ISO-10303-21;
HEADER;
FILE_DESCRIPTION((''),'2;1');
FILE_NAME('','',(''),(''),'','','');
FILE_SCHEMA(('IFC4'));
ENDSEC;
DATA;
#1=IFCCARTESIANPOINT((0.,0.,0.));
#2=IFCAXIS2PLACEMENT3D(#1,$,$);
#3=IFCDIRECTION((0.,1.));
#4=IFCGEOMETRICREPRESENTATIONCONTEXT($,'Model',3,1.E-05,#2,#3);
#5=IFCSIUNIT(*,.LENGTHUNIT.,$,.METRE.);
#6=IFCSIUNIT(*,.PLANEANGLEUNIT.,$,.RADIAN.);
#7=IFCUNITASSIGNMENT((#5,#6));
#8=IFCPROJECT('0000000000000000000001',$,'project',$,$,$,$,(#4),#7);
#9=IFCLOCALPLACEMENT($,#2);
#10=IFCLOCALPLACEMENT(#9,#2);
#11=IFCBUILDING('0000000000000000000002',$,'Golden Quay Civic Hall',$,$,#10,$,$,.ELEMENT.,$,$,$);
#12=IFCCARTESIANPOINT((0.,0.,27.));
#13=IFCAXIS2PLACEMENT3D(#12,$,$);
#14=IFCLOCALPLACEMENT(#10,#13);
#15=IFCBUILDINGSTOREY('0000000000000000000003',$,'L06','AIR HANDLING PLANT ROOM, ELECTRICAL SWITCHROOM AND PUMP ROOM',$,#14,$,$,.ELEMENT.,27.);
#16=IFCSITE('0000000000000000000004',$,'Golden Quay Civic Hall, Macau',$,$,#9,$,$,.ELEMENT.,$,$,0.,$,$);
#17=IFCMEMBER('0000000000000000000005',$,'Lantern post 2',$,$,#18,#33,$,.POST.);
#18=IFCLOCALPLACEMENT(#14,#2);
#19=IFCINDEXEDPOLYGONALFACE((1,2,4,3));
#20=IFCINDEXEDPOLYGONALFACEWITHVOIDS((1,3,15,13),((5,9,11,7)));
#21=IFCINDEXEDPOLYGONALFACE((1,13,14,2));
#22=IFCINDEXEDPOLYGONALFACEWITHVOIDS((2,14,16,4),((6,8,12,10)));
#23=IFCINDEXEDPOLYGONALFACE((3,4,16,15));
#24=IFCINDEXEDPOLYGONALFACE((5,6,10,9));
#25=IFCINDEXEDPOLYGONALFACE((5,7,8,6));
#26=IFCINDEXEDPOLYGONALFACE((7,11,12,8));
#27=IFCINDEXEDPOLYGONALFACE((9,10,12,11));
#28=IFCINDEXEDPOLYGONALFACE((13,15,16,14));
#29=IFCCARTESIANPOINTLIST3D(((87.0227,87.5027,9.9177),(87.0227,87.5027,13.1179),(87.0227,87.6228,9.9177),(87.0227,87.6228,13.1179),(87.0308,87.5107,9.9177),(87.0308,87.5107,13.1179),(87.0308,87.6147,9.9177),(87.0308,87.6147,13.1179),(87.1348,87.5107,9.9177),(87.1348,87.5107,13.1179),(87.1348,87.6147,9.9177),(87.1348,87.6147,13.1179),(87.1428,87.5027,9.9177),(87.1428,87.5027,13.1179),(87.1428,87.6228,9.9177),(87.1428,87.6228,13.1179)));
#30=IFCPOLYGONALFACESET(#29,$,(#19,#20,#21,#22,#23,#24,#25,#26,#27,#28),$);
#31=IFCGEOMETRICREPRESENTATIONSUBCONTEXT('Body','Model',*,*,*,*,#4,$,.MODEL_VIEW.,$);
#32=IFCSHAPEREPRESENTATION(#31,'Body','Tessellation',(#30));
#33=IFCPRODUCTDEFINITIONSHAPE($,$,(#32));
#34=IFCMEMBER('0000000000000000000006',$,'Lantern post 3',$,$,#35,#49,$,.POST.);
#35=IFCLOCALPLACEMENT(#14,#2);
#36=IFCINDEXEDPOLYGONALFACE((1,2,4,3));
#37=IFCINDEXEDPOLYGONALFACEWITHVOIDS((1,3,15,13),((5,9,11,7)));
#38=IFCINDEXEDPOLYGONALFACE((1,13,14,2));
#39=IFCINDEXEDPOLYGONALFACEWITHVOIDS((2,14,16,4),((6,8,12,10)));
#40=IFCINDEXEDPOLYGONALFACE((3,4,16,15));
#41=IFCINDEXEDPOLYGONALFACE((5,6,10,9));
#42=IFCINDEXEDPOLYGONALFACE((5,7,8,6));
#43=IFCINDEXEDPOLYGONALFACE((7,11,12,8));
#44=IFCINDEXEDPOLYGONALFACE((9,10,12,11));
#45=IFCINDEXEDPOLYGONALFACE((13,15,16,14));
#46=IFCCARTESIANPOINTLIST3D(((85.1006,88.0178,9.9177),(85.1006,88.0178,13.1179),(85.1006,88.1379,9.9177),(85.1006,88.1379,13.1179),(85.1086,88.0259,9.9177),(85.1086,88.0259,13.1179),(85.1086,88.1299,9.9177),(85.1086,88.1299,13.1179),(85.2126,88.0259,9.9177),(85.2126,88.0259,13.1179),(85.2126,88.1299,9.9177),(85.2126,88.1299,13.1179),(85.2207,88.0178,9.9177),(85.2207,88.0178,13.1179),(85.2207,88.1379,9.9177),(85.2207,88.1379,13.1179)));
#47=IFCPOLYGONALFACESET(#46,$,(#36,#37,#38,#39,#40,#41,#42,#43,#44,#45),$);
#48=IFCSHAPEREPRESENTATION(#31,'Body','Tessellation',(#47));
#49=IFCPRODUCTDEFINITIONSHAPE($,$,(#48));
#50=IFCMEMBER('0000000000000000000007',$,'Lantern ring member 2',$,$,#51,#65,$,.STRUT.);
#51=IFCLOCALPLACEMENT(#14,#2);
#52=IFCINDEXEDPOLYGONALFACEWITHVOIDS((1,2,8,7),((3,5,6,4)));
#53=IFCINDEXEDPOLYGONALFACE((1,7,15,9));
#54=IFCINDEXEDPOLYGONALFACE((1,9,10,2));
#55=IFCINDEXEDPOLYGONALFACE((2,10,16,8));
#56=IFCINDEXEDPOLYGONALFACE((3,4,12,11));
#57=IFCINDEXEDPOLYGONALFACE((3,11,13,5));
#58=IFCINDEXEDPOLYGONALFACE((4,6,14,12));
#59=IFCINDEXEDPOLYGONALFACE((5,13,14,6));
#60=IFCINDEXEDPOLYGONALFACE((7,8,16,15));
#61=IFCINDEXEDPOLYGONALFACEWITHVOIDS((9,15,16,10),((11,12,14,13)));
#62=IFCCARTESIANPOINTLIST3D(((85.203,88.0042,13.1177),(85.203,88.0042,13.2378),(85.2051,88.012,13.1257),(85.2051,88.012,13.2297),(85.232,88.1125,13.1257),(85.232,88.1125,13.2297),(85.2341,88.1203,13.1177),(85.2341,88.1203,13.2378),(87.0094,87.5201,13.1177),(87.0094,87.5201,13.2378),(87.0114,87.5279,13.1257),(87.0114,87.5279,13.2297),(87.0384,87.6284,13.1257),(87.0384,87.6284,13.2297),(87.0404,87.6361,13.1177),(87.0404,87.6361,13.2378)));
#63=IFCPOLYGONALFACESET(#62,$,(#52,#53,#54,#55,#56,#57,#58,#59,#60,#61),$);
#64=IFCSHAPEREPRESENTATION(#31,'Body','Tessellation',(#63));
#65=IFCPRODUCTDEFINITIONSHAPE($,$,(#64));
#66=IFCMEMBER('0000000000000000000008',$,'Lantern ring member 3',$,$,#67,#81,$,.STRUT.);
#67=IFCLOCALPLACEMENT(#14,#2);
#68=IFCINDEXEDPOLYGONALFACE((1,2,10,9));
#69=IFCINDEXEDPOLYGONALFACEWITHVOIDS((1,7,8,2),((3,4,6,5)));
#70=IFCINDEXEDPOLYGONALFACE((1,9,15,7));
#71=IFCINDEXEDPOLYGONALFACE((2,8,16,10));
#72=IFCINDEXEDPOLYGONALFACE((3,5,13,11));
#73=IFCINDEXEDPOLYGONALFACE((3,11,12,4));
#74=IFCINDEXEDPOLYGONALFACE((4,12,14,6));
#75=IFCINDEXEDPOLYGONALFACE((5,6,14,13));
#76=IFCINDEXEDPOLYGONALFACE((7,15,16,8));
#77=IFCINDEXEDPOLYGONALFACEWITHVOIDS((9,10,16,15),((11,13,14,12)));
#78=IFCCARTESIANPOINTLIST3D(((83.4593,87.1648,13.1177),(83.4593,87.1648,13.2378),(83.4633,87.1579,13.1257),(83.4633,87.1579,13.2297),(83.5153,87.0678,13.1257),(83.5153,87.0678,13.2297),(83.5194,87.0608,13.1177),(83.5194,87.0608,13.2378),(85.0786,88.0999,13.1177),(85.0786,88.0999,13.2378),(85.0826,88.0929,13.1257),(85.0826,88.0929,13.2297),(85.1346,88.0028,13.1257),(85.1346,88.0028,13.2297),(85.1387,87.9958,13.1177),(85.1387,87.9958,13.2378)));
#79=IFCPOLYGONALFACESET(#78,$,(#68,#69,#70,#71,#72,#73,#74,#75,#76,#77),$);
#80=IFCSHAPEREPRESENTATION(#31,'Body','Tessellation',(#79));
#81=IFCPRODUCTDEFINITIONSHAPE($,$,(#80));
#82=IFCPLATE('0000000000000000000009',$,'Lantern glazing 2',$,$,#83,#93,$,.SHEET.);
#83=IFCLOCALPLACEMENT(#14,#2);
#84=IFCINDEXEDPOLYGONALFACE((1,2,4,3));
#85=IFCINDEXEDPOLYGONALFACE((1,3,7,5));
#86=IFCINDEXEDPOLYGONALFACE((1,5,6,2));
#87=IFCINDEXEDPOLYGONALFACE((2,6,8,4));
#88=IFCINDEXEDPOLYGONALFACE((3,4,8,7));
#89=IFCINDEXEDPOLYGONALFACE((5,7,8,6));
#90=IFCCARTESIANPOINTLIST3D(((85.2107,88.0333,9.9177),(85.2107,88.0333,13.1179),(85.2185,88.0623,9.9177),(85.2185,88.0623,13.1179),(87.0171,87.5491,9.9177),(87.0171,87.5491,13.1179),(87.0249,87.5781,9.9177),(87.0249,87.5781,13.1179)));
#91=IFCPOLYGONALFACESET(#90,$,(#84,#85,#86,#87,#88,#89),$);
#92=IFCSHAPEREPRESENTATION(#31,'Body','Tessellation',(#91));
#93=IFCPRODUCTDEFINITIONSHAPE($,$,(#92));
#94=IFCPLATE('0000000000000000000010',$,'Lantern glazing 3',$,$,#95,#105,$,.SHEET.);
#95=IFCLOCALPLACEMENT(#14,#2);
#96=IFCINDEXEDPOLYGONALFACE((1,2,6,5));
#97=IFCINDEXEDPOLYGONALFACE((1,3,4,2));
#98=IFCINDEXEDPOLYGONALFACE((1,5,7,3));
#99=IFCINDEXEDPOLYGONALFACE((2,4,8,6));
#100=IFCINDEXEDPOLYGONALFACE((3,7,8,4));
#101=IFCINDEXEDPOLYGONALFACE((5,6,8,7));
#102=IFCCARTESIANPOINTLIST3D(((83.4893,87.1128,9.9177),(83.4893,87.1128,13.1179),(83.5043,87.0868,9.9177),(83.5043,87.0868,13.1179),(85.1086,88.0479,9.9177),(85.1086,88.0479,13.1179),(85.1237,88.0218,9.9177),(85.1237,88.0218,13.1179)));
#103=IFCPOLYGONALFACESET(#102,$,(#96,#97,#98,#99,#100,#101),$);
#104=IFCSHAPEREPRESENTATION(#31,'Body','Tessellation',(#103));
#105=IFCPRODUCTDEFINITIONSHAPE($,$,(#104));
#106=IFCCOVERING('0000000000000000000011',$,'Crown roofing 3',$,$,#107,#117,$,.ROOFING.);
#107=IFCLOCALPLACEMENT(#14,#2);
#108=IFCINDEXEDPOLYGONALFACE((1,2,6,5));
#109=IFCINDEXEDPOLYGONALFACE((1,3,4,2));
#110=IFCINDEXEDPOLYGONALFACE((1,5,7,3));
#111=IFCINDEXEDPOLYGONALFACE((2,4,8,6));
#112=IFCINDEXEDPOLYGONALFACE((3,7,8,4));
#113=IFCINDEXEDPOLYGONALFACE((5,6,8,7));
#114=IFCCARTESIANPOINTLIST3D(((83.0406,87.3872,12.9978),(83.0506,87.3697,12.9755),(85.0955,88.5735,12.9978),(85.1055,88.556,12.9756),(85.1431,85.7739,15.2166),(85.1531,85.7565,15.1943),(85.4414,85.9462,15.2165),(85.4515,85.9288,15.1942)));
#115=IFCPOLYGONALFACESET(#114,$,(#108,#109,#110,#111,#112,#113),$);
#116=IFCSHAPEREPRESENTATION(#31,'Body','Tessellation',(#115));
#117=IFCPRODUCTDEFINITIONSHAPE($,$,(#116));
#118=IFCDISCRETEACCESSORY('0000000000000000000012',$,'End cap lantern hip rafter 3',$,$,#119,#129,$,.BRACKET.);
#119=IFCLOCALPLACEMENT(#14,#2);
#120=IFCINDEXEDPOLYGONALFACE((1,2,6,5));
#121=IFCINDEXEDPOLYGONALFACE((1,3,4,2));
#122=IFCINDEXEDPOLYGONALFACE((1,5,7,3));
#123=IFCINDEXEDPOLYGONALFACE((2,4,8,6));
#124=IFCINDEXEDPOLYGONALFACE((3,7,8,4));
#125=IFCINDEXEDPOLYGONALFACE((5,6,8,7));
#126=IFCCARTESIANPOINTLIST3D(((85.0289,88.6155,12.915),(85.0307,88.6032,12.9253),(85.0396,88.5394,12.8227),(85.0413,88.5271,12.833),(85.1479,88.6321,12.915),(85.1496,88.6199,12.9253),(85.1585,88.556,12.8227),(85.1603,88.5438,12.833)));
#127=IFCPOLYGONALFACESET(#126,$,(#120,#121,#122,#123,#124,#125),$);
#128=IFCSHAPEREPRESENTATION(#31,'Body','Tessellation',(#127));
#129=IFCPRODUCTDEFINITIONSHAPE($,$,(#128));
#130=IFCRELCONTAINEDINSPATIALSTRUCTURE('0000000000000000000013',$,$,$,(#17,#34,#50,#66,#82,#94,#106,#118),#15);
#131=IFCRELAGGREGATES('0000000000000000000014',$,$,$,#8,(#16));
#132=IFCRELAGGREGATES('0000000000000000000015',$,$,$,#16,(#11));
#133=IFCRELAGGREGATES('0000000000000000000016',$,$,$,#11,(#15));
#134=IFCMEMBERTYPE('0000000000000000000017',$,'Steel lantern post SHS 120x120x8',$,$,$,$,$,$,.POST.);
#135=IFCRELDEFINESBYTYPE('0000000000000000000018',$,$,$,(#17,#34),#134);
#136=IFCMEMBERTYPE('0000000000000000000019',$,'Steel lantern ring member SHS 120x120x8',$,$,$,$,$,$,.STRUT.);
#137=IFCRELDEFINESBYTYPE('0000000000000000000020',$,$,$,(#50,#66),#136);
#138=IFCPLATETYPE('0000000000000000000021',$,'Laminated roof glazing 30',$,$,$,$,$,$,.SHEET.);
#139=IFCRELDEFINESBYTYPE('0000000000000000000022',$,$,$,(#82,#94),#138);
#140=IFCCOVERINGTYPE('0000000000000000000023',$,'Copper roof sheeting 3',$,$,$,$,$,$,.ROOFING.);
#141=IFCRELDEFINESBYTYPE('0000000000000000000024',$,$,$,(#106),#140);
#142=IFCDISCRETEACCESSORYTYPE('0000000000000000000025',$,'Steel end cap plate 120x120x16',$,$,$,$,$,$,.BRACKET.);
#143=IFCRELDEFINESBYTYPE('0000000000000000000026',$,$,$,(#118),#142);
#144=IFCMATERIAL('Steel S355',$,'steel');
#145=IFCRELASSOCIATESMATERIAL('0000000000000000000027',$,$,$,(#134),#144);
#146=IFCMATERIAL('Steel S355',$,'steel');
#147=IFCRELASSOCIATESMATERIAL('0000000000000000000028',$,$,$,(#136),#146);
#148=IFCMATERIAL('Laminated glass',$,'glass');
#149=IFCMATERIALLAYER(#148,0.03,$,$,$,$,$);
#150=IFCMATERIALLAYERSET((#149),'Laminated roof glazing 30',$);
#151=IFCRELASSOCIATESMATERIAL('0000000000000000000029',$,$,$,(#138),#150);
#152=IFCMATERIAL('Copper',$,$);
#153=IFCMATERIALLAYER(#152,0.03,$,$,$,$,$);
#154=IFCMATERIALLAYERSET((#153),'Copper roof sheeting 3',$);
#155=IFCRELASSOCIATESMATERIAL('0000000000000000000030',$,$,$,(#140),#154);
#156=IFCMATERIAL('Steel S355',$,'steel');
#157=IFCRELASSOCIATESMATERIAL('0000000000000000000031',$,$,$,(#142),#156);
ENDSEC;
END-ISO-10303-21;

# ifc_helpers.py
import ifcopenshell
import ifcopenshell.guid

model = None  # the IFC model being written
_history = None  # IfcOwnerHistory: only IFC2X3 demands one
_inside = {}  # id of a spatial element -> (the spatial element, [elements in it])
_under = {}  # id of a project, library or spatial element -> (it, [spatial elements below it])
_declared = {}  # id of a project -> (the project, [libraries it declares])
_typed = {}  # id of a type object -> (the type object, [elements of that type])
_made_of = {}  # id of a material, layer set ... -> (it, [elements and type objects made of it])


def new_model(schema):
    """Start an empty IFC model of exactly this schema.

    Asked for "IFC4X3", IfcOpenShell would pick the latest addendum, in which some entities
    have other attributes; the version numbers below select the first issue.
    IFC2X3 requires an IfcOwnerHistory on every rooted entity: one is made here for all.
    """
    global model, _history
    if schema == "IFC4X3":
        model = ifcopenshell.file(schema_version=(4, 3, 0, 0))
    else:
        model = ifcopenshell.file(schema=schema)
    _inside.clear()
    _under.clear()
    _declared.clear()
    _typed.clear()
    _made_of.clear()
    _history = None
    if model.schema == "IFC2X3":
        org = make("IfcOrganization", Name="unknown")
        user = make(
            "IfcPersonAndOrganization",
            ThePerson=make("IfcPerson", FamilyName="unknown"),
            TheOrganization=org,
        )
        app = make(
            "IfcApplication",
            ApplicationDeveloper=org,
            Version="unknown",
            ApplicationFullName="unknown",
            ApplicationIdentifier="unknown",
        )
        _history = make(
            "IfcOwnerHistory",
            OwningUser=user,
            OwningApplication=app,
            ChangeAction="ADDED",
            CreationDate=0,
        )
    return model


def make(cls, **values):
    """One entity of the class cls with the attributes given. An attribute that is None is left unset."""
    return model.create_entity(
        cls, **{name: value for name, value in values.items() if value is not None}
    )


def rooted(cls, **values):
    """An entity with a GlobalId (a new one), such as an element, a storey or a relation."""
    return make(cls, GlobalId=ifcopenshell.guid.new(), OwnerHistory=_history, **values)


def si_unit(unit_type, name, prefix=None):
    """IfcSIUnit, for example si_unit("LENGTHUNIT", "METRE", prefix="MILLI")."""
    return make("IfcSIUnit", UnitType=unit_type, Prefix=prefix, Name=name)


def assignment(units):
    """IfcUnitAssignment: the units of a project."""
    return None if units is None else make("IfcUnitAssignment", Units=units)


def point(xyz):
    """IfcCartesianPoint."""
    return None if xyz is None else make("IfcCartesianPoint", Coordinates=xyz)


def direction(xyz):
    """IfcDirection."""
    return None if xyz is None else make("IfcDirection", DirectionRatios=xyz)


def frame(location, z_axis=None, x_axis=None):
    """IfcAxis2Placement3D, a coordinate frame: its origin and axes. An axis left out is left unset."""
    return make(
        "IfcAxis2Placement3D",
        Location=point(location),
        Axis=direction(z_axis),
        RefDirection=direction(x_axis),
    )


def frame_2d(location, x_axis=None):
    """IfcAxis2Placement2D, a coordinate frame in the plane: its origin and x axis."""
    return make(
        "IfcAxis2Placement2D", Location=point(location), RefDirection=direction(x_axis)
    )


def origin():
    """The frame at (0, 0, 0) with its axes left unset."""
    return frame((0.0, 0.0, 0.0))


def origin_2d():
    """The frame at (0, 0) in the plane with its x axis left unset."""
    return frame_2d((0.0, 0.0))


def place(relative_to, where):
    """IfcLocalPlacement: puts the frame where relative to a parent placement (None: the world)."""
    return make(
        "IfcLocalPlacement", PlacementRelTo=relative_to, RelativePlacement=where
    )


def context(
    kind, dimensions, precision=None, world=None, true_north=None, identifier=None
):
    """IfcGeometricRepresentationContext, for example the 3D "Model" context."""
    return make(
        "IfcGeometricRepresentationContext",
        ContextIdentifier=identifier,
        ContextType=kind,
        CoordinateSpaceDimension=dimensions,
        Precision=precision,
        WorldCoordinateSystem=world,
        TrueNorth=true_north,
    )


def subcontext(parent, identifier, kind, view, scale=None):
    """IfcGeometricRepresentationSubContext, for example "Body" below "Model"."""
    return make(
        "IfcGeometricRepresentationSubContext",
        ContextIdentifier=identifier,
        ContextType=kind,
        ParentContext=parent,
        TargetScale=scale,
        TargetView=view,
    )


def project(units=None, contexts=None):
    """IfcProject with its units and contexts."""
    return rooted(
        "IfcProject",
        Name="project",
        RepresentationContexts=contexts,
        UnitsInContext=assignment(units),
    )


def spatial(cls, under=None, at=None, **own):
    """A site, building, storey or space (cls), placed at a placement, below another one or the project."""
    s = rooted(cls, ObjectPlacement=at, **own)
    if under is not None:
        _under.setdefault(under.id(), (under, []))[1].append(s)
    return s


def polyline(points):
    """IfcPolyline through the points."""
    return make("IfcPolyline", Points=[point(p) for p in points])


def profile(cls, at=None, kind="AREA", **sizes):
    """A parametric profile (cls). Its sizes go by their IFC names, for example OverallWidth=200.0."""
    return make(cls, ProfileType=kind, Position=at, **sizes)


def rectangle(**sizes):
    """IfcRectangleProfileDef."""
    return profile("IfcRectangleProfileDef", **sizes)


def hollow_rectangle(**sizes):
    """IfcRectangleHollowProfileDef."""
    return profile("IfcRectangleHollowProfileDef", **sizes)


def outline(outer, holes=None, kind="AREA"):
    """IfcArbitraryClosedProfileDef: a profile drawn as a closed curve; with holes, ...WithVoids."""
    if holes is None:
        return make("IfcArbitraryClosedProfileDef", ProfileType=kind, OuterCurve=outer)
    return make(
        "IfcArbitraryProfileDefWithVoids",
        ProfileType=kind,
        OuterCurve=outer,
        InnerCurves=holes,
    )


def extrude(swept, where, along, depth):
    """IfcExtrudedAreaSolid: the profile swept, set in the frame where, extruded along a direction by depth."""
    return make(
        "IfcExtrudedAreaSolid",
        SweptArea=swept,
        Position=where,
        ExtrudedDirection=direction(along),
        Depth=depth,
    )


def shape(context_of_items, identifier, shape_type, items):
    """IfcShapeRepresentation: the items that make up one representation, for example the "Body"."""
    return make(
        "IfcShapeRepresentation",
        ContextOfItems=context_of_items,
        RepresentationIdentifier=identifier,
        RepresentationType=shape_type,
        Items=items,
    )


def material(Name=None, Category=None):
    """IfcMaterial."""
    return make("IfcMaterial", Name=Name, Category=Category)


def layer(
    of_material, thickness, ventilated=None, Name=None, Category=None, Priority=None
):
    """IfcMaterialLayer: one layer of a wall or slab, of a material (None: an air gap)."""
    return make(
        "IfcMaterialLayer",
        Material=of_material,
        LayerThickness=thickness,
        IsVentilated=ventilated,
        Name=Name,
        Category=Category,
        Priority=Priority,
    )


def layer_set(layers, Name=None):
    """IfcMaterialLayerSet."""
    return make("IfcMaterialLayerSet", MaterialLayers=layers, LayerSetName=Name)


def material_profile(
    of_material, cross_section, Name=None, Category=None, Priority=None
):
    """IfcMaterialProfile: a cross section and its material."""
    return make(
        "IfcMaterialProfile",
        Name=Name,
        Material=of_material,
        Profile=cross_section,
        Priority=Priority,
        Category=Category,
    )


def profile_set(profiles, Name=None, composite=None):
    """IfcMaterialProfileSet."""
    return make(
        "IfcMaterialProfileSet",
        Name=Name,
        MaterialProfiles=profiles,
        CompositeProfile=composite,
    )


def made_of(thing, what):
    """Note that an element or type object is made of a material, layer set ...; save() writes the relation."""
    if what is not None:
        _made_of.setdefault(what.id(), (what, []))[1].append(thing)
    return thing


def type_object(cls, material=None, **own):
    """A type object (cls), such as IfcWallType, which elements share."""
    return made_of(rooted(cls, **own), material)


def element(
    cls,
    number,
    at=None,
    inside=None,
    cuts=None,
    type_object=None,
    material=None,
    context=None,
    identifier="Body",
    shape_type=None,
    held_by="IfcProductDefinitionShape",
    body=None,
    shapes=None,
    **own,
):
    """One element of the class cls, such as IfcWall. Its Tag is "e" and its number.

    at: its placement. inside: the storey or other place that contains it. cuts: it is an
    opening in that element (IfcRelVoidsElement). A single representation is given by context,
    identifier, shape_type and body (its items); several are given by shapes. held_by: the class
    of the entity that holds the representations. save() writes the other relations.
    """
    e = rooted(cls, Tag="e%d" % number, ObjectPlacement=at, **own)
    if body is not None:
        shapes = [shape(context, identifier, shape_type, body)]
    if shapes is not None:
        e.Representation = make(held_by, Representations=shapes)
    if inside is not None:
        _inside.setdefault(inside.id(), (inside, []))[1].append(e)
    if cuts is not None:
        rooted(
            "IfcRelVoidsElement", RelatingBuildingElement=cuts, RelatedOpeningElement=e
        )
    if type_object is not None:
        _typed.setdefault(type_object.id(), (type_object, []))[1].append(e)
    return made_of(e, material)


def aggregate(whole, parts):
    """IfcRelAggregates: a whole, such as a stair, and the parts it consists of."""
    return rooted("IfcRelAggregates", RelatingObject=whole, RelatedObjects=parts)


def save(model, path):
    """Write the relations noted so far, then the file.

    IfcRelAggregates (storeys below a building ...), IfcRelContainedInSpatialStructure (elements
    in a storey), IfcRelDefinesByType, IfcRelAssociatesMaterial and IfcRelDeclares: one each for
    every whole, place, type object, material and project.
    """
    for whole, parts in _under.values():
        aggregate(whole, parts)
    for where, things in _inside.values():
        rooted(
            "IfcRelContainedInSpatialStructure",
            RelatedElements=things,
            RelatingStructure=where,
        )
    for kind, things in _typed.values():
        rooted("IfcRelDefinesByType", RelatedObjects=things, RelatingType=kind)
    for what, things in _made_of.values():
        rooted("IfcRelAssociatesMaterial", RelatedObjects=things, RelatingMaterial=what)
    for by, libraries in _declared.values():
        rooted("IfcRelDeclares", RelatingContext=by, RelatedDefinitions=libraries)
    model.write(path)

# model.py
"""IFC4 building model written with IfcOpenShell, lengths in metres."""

from ifc_helpers import new_model, si_unit, direction, frame, origin, origin_2d, place, context, subcontext, project, spatial, polyline, rectangle, hollow_rectangle, outline, extrude, material, layer, layer_set, material_profile, profile_set, type_object, element, save


model = new_model("IFC4")

# Units and contexts
model_context = context("Model", 3, precision=1e-05, world=origin(), true_north=direction((0.0, 1.0)))
body_context = subcontext(model_context, "Body", "Model", "MODEL_VIEW")
ifc_project = project(units=[si_unit("LENGTHUNIT", "METRE"), si_unit("PLANEANGLEUNIT", "RADIAN")], contexts=[model_context])

# Site, building, storey
site_placement = place(None, origin())
site = spatial("IfcSite", under=ifc_project, at=site_placement, Name="Golden Quay Civic Hall, Macau", CompositionType="ELEMENT", RefElevation=0.0)
building_placement = place(site_placement, origin())
building = spatial("IfcBuilding", under=site, at=building_placement, Name="Golden Quay Civic Hall", CompositionType="ELEMENT")
storey_placement = place(building_placement, frame((0.0, 0.0, 27.0)))
storey = spatial("IfcBuildingStorey", under=building, at=storey_placement, Name="L06", Description="AIR HANDLING PLANT ROOM, ELECTRICAL SWITCHROOM AND PUMP ROOM", CompositionType="ELEMENT", Elevation=27.0)

# Members
ifc_material_1 = material(Name="Steel S355", Category="steel")
ifc_material_profile_1 = material_profile(ifc_material_1, hollow_rectangle(XDim=0.1201, YDim=0.1201, WallThickness=0.0081, at=origin_2d()), Name="SHS 120x120x8")
ifc_profile_set_1 = profile_set([ifc_material_profile_1], Name="Steel S355")
member_type_1 = type_object("IfcMemberType", Name="Steel lantern post SHS 120x120x8", PredefinedType="POST", material=ifc_profile_set_1)
for number, where, z_axis, x_axis, name in (
    (1, (87.0828, 87.5627, 9.9177), (0.0, 0.0, 1.0), (1.0, 0.0, 0.0), "Lantern post 2"),
    (2, (85.1606, 88.0779, 9.9177), (0.0, 0.0, 1.0), (1.0, 0.0, 0.0), "Lantern post 3"),
):
    element("IfcMember", number, at=place(storey_placement, frame(where, z_axis=z_axis, x_axis=x_axis)), inside=storey, type_object=member_type_1, Name=name, PredefinedType="POST", context=body_context, shape_type="SweptSolid", body=[
        extrude(hollow_rectangle(XDim=0.1201, YDim=0.1201, WallThickness=0.0081, at=origin_2d()), origin(), (0.0, 0.0, 1.0), 3.2002),
    ])
ifc_material_2 = material(Name="Steel S355", Category="steel")
ifc_material_profile_2 = material_profile(ifc_material_2, hollow_rectangle(XDim=0.1201, YDim=0.1201, WallThickness=0.0081, at=origin_2d()), Name="SHS 120x120x8")
ifc_profile_set_2 = profile_set([ifc_material_profile_2], Name="Steel S355")
member_type_2 = type_object("IfcMemberType", Name="Steel lantern ring member SHS 120x120x8", PredefinedType="STRUT", material=ifc_profile_set_2)
member_1_placement = place(storey_placement, frame((87.0249, 87.5781, 13.1777), z_axis=(-0.965911, 0.258873, 0.0), x_axis=(-0.258873, -0.965911, 0.0)))
element("IfcMember", 3, at=member_1_placement, inside=storey, type_object=member_type_2, Name="Lantern ring member 2", PredefinedType="STRUT", context=body_context, shape_type="SweptSolid", body=[
    extrude(hollow_rectangle(XDim=0.1201, YDim=0.1201, WallThickness=0.0081, at=origin_2d()), origin(), (0.0, 0.0, 1.0), 1.8701),
])
member_2_placement = place(storey_placement, frame((85.1086, 88.0479, 13.1777), z_axis=(-0.866001, -0.500043, 0.0), x_axis=(0.500043, -0.866001, 0.0)))
element("IfcMember", 4, at=member_2_placement, inside=storey, type_object=member_type_2, Name="Lantern ring member 3", PredefinedType="STRUT", context=body_context, shape_type="SweptSolid", body=[
    extrude(hollow_rectangle(XDim=0.1201, YDim=0.1201, WallThickness=0.0081, at=origin_2d()), origin(), (0.0, 0.0, 1.0), 1.8699),
])

# Plates
ifc_material_3 = material(Name="Laminated glass", Category="glass")
ifc_layer_1 = layer(ifc_material_3, 0.03)
ifc_layer_set_1 = layer_set([ifc_layer_1], Name="Laminated roof glazing 30")
plate_type = type_object("IfcPlateType", Name="Laminated roof glazing 30", PredefinedType="SHEET", material=ifc_layer_set_1)
plate_1_placement = place(storey_placement, frame((87.0249, 87.5781, 9.9177), z_axis=(0.258873, 0.965911, 0.0), x_axis=(-0.965911, 0.258873, 0.0)))
element("IfcPlate", 5, at=plate_1_placement, inside=storey, type_object=plate_type, Name="Lantern glazing 2", PredefinedType="SHEET", context=body_context, shape_type="SweptSolid", body=[
    extrude(outline(polyline([(0.0, 0.0), (1.8701, 0.0), (1.8701, 3.2002), (0.0, 3.2002), (0.0, 0.0)])), origin(), (0.0, 0.0, -1.0), 0.03),
])
plate_2_placement = place(storey_placement, frame((85.1086, 88.0479, 9.9177), z_axis=(-0.500043, 0.866001, 0.0), x_axis=(-0.866001, -0.500043, 0.0)))
element("IfcPlate", 6, at=plate_2_placement, inside=storey, type_object=plate_type, Name="Lantern glazing 3", PredefinedType="SHEET", context=body_context, shape_type="SweptSolid", body=[
    extrude(outline(polyline([(0.0, 0.0), (1.87, 0.0), (1.87, 3.2002), (0.0, 3.2002), (0.0, 0.0)])), origin(), (0.0, 0.0, -1.0), 0.03),
])

# Covering
ifc_material_4 = material(Name="Copper")
ifc_layer_2 = layer(ifc_material_4, 0.03)
ifc_layer_set_2 = layer_set([ifc_layer_2], Name="Copper roof sheeting 3")
covering_type = type_object("IfcCoveringType", Name="Copper roof sheeting 3", PredefinedType="ROOFING", material=ifc_layer_set_2)
covering_placement = place(storey_placement, frame((85.0955, 88.5735, 12.9978), z_axis=(-0.335754, 0.581551, 0.740991), x_axis=(-0.86604, -0.499974, -0.000022)))
element("IfcCovering", 7, at=covering_placement, inside=storey, type_object=covering_type, Name="Crown roofing 3", PredefinedType="ROOFING", context=body_context, shape_type="SweptSolid", body=[
    extrude(outline(polyline([(0.0, 0.0), (2.3728, 0.0), (1.3584, 3.3041), (1.0139, 3.3041), (0.0, 0.0)])), origin(), (0.0, 0.0, -1.0), 0.03),
])

# Discrete accessory
ifc_material_5 = material(Name="Steel S355", Category="steel")
ifc_material_profile_3 = material_profile(ifc_material_5, rectangle(XDim=0.1201, YDim=0.1201, at=origin_2d()), Name="Steel end cap plate 120x120x16")
ifc_profile_set_3 = profile_set([ifc_material_profile_3], Name="Steel S355")
discrete_accessory_type = type_object("IfcDiscreteAccessoryType", Name="Steel end cap plate 120x120x16", PredefinedType="BRACKET", material=ifc_profile_set_3)
discrete_accessory_placement = place(storey_placement, frame((85.0955, 88.5735, 12.8792), z_axis=(-0.106588, 0.761343, -0.639528), x_axis=(-0.990342, -0.138648, 0.0)))
element("IfcDiscreteAccessory", 8, at=discrete_accessory_placement, inside=storey, type_object=discrete_accessory_type, Name="End cap lantern hip rafter 3", PredefinedType="BRACKET", context=body_context, shape_type="SweptSolid", body=[
    extrude(rectangle(XDim=0.1201, YDim=0.1201, at=origin_2d()), origin(), (0.0, 0.0, 1.0), 0.0161),
])

save(model, "model.ifc")
